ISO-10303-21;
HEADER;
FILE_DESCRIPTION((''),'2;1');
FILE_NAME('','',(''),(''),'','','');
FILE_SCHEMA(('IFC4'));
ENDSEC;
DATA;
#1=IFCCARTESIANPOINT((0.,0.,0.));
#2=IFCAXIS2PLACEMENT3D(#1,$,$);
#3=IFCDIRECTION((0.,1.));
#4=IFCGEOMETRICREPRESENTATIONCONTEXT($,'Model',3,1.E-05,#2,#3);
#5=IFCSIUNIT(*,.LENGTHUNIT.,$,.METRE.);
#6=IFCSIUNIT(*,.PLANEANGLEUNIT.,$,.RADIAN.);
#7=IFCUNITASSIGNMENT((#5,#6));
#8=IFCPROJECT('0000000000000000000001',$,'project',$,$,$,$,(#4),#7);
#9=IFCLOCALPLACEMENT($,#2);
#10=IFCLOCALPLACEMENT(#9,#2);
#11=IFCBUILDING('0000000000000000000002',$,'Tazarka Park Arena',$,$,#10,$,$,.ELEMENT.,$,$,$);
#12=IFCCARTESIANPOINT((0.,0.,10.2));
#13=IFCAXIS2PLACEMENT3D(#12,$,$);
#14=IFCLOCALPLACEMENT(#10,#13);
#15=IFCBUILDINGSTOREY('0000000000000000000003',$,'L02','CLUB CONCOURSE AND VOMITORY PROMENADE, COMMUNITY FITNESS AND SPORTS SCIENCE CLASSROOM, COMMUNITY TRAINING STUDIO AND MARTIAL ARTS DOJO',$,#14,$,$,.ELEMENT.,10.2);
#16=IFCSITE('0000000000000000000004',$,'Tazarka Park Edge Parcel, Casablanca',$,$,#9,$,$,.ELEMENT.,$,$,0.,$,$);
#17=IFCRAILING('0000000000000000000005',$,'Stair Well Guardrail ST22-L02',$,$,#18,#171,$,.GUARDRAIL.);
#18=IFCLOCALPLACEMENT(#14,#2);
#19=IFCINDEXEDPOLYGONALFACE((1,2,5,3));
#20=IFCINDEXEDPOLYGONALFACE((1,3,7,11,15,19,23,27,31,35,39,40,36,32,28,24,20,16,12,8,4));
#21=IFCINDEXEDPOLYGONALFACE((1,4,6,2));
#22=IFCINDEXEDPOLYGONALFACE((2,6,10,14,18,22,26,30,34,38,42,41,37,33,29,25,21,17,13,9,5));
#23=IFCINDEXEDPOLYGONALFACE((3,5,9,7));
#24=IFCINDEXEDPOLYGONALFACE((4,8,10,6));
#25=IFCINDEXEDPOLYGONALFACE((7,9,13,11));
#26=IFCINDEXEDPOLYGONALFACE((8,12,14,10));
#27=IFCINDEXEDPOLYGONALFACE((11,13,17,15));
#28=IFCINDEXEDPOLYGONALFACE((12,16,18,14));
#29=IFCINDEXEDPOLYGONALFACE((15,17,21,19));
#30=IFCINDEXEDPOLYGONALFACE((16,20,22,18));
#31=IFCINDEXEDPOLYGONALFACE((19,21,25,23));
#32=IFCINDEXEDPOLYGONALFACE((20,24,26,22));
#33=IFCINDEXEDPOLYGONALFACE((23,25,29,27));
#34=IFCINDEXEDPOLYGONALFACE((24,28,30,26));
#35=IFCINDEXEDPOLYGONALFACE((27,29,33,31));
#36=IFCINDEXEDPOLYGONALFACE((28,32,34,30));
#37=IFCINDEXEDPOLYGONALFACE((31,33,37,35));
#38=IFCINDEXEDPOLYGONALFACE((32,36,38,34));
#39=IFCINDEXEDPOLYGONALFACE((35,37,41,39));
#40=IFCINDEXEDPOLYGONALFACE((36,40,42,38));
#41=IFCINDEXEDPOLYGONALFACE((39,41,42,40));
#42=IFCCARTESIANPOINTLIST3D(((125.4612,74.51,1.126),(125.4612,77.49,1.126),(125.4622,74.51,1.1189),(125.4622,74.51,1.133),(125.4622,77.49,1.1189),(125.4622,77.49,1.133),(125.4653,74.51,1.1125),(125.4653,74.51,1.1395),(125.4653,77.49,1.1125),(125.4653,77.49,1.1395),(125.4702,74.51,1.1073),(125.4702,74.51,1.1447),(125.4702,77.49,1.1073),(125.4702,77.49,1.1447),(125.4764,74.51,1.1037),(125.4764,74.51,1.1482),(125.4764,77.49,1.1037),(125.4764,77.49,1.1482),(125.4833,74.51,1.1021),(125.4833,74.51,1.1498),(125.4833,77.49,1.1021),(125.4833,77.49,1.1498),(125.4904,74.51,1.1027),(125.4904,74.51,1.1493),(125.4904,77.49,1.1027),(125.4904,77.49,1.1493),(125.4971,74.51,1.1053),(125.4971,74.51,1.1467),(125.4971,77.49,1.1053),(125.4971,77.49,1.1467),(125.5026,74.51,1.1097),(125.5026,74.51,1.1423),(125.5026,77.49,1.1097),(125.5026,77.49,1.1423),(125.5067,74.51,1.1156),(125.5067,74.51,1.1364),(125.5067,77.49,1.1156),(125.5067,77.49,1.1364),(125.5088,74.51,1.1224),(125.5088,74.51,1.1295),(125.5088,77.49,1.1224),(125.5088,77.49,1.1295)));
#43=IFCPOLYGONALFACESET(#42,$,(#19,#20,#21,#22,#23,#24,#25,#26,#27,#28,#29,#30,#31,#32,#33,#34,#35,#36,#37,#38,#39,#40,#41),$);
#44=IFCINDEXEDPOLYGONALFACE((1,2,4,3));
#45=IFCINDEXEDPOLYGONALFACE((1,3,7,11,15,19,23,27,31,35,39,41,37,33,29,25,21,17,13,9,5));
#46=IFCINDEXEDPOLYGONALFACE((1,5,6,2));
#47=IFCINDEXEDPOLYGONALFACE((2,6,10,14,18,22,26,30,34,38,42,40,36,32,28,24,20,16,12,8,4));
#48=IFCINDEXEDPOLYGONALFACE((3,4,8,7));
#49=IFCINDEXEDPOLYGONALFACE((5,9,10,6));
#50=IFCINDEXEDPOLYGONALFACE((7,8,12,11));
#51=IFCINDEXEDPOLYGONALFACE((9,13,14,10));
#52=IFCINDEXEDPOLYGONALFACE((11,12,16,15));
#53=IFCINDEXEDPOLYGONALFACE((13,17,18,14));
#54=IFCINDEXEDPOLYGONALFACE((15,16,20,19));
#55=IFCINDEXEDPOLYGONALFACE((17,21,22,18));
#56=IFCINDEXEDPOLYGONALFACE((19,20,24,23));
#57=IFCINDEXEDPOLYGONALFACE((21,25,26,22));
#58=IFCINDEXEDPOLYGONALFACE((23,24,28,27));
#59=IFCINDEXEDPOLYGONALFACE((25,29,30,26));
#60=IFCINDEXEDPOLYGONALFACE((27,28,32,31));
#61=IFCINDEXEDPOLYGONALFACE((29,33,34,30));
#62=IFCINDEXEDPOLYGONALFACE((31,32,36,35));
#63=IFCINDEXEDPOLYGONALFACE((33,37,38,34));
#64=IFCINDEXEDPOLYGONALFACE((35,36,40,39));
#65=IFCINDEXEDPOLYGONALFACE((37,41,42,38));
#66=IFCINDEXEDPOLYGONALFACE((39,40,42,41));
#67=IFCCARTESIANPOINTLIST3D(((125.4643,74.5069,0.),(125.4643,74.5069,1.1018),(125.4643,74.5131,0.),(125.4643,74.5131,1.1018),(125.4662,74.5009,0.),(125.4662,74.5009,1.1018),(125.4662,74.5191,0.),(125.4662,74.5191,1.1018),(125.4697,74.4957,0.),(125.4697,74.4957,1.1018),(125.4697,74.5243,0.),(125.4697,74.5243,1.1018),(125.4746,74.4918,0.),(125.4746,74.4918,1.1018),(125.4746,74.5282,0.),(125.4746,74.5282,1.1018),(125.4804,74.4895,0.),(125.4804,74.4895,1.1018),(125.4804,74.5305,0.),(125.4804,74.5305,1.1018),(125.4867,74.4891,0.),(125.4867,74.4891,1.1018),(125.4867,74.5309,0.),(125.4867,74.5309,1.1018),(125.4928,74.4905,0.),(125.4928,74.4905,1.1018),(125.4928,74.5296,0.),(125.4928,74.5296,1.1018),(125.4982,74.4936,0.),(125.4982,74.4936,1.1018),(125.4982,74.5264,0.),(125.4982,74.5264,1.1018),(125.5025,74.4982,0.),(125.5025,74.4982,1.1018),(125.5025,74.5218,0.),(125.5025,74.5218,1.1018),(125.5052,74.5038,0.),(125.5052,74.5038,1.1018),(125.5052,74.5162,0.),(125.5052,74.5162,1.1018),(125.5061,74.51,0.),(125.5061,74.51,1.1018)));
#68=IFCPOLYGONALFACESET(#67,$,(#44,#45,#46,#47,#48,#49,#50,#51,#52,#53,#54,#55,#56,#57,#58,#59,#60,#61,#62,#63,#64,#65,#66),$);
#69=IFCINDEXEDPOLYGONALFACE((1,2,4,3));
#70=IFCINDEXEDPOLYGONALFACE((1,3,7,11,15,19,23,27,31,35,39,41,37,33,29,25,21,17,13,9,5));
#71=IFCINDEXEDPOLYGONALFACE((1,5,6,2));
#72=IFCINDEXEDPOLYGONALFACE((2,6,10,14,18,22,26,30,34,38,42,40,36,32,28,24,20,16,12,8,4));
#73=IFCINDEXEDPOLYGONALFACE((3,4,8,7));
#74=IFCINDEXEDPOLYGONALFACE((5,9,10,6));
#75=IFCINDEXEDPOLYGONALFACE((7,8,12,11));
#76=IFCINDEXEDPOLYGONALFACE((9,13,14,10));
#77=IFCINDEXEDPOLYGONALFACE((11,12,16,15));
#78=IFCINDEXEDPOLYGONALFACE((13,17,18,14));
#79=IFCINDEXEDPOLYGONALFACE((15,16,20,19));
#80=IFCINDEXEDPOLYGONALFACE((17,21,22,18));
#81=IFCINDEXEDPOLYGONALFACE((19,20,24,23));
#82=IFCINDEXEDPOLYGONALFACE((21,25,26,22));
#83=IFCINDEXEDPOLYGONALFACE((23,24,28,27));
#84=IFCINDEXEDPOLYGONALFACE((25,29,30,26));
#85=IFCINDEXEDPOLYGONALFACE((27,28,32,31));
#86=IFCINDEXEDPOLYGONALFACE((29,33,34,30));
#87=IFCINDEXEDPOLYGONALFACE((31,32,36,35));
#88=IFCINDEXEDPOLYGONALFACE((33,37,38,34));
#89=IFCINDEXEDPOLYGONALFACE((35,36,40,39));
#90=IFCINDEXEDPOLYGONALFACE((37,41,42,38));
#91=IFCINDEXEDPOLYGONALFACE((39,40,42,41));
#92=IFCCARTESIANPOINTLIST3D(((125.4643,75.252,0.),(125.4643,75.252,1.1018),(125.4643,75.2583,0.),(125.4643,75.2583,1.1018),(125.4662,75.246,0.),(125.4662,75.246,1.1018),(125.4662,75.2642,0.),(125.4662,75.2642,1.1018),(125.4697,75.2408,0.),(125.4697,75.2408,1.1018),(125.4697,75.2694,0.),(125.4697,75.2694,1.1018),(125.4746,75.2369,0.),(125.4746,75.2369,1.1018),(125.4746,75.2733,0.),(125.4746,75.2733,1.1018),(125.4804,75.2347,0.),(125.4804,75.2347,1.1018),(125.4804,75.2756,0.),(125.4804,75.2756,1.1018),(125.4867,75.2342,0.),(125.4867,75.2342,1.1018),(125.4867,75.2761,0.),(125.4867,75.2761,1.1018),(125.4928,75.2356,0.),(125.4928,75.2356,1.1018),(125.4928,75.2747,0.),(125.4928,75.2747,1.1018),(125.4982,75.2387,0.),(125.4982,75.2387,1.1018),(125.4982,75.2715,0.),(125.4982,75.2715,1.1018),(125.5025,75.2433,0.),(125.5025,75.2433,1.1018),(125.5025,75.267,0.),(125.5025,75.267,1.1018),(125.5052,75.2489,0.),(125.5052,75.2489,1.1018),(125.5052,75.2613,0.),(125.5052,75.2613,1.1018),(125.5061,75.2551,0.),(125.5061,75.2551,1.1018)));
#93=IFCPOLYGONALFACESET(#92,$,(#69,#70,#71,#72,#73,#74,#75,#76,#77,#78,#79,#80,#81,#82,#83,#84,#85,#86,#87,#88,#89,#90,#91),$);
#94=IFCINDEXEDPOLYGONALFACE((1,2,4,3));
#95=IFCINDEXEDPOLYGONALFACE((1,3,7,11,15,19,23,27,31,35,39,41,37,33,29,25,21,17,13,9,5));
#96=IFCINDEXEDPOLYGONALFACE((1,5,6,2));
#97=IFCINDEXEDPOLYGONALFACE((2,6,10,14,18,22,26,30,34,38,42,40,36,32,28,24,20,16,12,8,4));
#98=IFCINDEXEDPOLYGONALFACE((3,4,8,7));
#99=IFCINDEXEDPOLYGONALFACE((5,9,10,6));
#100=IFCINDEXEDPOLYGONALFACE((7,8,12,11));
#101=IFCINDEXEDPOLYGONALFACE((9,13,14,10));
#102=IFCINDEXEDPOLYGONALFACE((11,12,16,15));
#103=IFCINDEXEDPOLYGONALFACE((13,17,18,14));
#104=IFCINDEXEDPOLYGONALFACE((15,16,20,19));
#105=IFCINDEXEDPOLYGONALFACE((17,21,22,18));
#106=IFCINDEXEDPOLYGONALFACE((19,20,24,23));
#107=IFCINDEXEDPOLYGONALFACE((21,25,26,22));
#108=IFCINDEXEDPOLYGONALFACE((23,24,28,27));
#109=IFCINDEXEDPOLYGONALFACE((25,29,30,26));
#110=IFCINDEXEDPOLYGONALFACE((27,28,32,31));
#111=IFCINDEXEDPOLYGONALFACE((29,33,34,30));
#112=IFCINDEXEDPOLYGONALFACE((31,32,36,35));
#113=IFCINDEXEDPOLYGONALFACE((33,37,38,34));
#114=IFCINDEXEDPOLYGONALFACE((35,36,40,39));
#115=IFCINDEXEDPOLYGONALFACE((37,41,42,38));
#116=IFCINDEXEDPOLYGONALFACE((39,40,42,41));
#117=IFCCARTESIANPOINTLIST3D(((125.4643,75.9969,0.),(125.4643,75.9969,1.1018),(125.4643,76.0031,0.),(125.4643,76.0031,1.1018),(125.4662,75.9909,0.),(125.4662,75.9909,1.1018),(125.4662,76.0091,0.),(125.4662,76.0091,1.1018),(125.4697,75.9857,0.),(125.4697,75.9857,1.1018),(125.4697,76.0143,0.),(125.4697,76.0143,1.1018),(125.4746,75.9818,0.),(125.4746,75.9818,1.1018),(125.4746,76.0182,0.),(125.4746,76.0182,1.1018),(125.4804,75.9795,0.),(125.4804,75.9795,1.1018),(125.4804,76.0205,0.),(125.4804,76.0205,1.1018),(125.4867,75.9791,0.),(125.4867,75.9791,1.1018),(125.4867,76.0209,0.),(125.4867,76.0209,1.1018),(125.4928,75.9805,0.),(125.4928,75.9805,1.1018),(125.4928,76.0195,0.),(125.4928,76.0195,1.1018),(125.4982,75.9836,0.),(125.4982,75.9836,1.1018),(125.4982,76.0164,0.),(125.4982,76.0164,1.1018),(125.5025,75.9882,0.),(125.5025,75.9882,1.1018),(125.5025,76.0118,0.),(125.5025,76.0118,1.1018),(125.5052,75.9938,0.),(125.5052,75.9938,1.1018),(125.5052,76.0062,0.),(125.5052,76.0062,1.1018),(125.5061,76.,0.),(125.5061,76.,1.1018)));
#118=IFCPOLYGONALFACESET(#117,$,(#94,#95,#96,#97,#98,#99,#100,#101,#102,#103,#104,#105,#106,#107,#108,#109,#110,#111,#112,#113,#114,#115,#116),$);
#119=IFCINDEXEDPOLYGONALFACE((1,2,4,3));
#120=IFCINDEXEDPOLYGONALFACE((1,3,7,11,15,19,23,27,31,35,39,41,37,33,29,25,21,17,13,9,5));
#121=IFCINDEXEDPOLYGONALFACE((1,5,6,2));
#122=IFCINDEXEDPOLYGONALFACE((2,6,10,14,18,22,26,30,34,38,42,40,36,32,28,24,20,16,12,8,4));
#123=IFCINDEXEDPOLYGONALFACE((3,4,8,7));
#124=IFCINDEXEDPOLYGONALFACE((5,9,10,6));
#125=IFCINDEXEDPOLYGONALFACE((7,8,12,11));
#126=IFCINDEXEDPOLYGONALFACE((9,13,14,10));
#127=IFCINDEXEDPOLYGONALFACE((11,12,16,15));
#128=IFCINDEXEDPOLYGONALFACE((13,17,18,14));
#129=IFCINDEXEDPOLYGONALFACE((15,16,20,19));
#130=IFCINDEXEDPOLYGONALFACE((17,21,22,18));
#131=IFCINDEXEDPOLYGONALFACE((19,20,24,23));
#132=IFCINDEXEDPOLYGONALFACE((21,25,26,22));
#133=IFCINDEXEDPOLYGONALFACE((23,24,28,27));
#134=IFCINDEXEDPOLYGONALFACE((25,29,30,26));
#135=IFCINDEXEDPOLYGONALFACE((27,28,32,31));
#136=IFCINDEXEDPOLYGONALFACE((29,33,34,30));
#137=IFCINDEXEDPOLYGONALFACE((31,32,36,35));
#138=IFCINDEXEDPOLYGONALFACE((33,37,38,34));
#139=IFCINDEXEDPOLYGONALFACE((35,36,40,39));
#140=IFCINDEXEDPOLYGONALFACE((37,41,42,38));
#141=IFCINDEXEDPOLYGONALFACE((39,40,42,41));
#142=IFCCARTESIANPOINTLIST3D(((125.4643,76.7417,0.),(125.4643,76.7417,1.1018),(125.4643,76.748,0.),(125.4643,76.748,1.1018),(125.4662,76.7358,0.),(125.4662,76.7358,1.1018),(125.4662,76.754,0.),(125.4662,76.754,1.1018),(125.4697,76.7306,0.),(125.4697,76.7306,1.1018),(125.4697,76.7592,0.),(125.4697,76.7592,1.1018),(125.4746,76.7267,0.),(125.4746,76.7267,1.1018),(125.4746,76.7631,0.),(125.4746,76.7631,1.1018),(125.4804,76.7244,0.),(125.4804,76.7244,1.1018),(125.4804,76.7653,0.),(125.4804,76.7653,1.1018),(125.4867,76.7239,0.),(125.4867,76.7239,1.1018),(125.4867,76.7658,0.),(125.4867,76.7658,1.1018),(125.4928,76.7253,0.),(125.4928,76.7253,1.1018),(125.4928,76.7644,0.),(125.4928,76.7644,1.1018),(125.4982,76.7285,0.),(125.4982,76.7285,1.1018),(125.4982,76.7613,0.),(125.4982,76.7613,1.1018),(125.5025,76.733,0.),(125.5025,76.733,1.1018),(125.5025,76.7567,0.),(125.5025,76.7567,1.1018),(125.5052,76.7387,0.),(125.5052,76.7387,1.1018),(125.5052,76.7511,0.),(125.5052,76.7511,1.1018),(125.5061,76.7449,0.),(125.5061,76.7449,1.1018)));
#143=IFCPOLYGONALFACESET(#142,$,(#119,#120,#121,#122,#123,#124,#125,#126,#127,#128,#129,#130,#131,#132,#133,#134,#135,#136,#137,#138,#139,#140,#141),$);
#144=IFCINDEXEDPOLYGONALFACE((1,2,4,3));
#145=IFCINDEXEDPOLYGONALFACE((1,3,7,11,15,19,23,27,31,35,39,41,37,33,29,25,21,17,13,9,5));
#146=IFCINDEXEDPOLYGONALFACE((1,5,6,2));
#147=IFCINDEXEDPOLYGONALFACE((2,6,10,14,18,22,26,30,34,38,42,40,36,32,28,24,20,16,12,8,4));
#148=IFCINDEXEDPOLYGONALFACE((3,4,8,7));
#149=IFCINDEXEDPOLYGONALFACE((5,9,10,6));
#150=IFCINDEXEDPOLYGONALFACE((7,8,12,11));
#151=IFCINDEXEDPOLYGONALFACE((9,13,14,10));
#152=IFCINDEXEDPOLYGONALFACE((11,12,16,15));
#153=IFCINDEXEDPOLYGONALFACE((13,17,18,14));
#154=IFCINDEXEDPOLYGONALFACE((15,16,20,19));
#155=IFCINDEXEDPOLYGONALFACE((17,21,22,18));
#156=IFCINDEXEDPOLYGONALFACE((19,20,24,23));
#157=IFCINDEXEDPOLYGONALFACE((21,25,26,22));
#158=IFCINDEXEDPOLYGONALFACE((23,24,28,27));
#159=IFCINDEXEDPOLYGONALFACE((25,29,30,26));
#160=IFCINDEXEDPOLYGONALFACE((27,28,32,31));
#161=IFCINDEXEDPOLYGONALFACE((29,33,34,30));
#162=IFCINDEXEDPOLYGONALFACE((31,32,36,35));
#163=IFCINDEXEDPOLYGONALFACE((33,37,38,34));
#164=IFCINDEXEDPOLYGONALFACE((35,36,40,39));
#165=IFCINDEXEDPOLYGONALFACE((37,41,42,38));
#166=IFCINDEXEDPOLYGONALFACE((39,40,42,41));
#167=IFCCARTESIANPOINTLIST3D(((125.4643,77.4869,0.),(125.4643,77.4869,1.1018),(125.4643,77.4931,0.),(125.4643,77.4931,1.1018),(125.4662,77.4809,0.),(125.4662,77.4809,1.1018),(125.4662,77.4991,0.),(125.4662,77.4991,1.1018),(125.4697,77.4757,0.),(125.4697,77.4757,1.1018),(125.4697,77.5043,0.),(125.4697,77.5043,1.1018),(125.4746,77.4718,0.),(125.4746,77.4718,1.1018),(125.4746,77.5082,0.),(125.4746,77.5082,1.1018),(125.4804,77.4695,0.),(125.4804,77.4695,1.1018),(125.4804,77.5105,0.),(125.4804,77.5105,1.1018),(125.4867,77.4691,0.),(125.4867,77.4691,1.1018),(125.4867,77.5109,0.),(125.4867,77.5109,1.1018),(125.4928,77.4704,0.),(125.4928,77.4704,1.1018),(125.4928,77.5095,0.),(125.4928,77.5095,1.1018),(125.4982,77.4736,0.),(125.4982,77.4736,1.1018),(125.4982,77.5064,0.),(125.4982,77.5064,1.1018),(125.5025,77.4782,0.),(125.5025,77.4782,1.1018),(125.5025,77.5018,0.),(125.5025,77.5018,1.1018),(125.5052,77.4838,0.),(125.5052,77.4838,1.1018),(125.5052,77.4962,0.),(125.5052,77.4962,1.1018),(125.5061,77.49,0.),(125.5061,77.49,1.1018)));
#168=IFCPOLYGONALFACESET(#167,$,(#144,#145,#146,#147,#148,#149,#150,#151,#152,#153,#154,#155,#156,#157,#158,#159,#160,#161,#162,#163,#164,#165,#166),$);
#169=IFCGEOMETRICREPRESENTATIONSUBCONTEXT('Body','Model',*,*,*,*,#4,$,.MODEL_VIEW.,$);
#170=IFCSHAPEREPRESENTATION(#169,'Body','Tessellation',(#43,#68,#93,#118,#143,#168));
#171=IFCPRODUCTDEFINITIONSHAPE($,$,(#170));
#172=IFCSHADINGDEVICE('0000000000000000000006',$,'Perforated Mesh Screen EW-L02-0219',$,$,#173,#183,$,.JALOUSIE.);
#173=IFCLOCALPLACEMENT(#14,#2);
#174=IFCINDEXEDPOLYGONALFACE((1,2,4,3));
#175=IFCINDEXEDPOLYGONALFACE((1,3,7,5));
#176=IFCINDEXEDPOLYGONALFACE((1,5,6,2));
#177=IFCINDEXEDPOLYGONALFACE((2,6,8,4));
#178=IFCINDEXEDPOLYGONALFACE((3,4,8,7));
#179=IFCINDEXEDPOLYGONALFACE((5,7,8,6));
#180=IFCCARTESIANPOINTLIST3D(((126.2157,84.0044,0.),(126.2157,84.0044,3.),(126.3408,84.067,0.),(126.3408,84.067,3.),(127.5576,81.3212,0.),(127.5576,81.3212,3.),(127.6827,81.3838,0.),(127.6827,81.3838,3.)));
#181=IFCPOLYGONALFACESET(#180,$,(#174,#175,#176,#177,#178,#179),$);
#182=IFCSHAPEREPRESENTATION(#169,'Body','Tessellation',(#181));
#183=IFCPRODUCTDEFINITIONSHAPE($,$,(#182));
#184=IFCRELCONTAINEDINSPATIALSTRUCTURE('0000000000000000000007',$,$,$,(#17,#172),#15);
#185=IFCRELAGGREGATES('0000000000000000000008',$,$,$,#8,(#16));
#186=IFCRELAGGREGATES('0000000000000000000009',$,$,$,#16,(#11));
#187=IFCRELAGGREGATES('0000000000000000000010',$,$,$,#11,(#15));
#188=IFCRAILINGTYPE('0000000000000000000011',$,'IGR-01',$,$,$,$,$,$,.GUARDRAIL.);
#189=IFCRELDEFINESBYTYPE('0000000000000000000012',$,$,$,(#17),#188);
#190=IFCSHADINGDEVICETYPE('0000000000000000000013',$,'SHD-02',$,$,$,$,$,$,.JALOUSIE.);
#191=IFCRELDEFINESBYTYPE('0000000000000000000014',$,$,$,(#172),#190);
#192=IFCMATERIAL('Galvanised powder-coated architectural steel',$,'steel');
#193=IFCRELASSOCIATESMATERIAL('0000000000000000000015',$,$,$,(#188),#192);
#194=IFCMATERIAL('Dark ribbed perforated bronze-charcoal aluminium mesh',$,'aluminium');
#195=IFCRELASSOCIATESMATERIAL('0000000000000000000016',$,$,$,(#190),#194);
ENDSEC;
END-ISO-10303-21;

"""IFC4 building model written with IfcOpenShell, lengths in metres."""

from ifc_helpers import new_model, si_unit, direction, frame, origin, origin_2d, place, context, subcontext, project, spatial, rectangle, circle, extrude, material, type_object, element, save


model = new_model("IFC4")

# Units and contexts
model_context = context("Model", 3, precision=1e-05, world=origin(), true_north=direction((0.0, 1.0)))
body_context = subcontext(model_context, "Body", "Model", "MODEL_VIEW")
ifc_project = project(units=[si_unit("LENGTHUNIT", "METRE"), si_unit("PLANEANGLEUNIT", "RADIAN")], contexts=[model_context])

# Site, building, storey
site_placement = place(None, origin())
site = spatial("IfcSite", under=ifc_project, at=site_placement, Name="Tazarka Park Edge Parcel, Casablanca", CompositionType="ELEMENT", RefElevation=0.0)
building_placement = place(site_placement, origin())
building = spatial("IfcBuilding", under=site, at=building_placement, Name="Tazarka Park Arena", CompositionType="ELEMENT")
storey_placement = place(building_placement, frame((0.0, 0.0, 10.2)))
storey = spatial("IfcBuildingStorey", under=building, at=storey_placement, Name="L02", Description="CLUB CONCOURSE AND VOMITORY PROMENADE, COMMUNITY FITNESS AND SPORTS SCIENCE CLASSROOM, COMMUNITY TRAINING STUDIO AND MARTIAL ARTS DOJO", CompositionType="ELEMENT", Elevation=10.2)

# Railing
ifc_material_1 = material(Name="Galvanised powder-coated architectural steel", Category="steel")
railing_type_1 = type_object("IfcRailingType", Name="IGR-01", PredefinedType="GUARDRAIL", material=ifc_material_1)
railing_1_placement = place(storey_placement, frame((125.4851, 74.51, 0.0)))
element("IfcRailing", 1, at=railing_1_placement, inside=storey, type_object=railing_type_1, Name="Stair Well Guardrail ST22-L02", PredefinedType="GUARDRAIL", context=body_context, shape_type="SweptSolid", body=[
    extrude(circle(Radius=0.0239, at=origin_2d()), frame((0.0, 0.0, 1.126), z_axis=(0.0, 1.0, 0.0), x_axis=(-1.0, 0.0, 0.0)), (0.0, 0.0, 1.0), 2.98),
    extrude(circle(Radius=0.021, at=origin_2d()), origin(), (0.0, 0.0, 1.0), 1.1018),
    extrude(circle(Radius=0.021, at=origin_2d()), frame((0.0, 0.7451, 0.0)), (0.0, 0.0, 1.0), 1.1018),
    extrude(circle(Radius=0.021, at=origin_2d()), frame((0.0, 1.49, 0.0)), (0.0, 0.0, 1.0), 1.1018),
    extrude(circle(Radius=0.021, at=origin_2d()), frame((0.0, 2.2349, 0.0)), (0.0, 0.0, 1.0), 1.1018),
    extrude(circle(Radius=0.021, at=origin_2d()), frame((0.0, 2.98, 0.0)), (0.0, 0.0, 1.0), 1.1018),
])

# Shading device
ifc_material_2 = material(Name="Dark ribbed perforated bronze-charcoal aluminium mesh", Category="aluminium")
shading_device_type = type_object("IfcShadingDeviceType", Name="SHD-02", PredefinedType="JALOUSIE", material=ifc_material_2)
shading_device_placement = place(storey_placement, frame((126.9492, 82.6941, 0.0), z_axis=(0.0, 0.0, 1.0), x_axis=(0.447291, -0.894389, 0.0)))
element("IfcShadingDevice", 2, at=shading_device_placement, inside=storey, type_object=shading_device_type, Name="Perforated Mesh Screen EW-L02-0219", PredefinedType="JALOUSIE", context=body_context, shape_type="SweptSolid", body=[
    extrude(rectangle(XDim=3.0, YDim=0.1399, at=origin_2d()), origin(), (0.0, 0.0, 1.0), 3.0),
])

save(model, "model.ifc")
